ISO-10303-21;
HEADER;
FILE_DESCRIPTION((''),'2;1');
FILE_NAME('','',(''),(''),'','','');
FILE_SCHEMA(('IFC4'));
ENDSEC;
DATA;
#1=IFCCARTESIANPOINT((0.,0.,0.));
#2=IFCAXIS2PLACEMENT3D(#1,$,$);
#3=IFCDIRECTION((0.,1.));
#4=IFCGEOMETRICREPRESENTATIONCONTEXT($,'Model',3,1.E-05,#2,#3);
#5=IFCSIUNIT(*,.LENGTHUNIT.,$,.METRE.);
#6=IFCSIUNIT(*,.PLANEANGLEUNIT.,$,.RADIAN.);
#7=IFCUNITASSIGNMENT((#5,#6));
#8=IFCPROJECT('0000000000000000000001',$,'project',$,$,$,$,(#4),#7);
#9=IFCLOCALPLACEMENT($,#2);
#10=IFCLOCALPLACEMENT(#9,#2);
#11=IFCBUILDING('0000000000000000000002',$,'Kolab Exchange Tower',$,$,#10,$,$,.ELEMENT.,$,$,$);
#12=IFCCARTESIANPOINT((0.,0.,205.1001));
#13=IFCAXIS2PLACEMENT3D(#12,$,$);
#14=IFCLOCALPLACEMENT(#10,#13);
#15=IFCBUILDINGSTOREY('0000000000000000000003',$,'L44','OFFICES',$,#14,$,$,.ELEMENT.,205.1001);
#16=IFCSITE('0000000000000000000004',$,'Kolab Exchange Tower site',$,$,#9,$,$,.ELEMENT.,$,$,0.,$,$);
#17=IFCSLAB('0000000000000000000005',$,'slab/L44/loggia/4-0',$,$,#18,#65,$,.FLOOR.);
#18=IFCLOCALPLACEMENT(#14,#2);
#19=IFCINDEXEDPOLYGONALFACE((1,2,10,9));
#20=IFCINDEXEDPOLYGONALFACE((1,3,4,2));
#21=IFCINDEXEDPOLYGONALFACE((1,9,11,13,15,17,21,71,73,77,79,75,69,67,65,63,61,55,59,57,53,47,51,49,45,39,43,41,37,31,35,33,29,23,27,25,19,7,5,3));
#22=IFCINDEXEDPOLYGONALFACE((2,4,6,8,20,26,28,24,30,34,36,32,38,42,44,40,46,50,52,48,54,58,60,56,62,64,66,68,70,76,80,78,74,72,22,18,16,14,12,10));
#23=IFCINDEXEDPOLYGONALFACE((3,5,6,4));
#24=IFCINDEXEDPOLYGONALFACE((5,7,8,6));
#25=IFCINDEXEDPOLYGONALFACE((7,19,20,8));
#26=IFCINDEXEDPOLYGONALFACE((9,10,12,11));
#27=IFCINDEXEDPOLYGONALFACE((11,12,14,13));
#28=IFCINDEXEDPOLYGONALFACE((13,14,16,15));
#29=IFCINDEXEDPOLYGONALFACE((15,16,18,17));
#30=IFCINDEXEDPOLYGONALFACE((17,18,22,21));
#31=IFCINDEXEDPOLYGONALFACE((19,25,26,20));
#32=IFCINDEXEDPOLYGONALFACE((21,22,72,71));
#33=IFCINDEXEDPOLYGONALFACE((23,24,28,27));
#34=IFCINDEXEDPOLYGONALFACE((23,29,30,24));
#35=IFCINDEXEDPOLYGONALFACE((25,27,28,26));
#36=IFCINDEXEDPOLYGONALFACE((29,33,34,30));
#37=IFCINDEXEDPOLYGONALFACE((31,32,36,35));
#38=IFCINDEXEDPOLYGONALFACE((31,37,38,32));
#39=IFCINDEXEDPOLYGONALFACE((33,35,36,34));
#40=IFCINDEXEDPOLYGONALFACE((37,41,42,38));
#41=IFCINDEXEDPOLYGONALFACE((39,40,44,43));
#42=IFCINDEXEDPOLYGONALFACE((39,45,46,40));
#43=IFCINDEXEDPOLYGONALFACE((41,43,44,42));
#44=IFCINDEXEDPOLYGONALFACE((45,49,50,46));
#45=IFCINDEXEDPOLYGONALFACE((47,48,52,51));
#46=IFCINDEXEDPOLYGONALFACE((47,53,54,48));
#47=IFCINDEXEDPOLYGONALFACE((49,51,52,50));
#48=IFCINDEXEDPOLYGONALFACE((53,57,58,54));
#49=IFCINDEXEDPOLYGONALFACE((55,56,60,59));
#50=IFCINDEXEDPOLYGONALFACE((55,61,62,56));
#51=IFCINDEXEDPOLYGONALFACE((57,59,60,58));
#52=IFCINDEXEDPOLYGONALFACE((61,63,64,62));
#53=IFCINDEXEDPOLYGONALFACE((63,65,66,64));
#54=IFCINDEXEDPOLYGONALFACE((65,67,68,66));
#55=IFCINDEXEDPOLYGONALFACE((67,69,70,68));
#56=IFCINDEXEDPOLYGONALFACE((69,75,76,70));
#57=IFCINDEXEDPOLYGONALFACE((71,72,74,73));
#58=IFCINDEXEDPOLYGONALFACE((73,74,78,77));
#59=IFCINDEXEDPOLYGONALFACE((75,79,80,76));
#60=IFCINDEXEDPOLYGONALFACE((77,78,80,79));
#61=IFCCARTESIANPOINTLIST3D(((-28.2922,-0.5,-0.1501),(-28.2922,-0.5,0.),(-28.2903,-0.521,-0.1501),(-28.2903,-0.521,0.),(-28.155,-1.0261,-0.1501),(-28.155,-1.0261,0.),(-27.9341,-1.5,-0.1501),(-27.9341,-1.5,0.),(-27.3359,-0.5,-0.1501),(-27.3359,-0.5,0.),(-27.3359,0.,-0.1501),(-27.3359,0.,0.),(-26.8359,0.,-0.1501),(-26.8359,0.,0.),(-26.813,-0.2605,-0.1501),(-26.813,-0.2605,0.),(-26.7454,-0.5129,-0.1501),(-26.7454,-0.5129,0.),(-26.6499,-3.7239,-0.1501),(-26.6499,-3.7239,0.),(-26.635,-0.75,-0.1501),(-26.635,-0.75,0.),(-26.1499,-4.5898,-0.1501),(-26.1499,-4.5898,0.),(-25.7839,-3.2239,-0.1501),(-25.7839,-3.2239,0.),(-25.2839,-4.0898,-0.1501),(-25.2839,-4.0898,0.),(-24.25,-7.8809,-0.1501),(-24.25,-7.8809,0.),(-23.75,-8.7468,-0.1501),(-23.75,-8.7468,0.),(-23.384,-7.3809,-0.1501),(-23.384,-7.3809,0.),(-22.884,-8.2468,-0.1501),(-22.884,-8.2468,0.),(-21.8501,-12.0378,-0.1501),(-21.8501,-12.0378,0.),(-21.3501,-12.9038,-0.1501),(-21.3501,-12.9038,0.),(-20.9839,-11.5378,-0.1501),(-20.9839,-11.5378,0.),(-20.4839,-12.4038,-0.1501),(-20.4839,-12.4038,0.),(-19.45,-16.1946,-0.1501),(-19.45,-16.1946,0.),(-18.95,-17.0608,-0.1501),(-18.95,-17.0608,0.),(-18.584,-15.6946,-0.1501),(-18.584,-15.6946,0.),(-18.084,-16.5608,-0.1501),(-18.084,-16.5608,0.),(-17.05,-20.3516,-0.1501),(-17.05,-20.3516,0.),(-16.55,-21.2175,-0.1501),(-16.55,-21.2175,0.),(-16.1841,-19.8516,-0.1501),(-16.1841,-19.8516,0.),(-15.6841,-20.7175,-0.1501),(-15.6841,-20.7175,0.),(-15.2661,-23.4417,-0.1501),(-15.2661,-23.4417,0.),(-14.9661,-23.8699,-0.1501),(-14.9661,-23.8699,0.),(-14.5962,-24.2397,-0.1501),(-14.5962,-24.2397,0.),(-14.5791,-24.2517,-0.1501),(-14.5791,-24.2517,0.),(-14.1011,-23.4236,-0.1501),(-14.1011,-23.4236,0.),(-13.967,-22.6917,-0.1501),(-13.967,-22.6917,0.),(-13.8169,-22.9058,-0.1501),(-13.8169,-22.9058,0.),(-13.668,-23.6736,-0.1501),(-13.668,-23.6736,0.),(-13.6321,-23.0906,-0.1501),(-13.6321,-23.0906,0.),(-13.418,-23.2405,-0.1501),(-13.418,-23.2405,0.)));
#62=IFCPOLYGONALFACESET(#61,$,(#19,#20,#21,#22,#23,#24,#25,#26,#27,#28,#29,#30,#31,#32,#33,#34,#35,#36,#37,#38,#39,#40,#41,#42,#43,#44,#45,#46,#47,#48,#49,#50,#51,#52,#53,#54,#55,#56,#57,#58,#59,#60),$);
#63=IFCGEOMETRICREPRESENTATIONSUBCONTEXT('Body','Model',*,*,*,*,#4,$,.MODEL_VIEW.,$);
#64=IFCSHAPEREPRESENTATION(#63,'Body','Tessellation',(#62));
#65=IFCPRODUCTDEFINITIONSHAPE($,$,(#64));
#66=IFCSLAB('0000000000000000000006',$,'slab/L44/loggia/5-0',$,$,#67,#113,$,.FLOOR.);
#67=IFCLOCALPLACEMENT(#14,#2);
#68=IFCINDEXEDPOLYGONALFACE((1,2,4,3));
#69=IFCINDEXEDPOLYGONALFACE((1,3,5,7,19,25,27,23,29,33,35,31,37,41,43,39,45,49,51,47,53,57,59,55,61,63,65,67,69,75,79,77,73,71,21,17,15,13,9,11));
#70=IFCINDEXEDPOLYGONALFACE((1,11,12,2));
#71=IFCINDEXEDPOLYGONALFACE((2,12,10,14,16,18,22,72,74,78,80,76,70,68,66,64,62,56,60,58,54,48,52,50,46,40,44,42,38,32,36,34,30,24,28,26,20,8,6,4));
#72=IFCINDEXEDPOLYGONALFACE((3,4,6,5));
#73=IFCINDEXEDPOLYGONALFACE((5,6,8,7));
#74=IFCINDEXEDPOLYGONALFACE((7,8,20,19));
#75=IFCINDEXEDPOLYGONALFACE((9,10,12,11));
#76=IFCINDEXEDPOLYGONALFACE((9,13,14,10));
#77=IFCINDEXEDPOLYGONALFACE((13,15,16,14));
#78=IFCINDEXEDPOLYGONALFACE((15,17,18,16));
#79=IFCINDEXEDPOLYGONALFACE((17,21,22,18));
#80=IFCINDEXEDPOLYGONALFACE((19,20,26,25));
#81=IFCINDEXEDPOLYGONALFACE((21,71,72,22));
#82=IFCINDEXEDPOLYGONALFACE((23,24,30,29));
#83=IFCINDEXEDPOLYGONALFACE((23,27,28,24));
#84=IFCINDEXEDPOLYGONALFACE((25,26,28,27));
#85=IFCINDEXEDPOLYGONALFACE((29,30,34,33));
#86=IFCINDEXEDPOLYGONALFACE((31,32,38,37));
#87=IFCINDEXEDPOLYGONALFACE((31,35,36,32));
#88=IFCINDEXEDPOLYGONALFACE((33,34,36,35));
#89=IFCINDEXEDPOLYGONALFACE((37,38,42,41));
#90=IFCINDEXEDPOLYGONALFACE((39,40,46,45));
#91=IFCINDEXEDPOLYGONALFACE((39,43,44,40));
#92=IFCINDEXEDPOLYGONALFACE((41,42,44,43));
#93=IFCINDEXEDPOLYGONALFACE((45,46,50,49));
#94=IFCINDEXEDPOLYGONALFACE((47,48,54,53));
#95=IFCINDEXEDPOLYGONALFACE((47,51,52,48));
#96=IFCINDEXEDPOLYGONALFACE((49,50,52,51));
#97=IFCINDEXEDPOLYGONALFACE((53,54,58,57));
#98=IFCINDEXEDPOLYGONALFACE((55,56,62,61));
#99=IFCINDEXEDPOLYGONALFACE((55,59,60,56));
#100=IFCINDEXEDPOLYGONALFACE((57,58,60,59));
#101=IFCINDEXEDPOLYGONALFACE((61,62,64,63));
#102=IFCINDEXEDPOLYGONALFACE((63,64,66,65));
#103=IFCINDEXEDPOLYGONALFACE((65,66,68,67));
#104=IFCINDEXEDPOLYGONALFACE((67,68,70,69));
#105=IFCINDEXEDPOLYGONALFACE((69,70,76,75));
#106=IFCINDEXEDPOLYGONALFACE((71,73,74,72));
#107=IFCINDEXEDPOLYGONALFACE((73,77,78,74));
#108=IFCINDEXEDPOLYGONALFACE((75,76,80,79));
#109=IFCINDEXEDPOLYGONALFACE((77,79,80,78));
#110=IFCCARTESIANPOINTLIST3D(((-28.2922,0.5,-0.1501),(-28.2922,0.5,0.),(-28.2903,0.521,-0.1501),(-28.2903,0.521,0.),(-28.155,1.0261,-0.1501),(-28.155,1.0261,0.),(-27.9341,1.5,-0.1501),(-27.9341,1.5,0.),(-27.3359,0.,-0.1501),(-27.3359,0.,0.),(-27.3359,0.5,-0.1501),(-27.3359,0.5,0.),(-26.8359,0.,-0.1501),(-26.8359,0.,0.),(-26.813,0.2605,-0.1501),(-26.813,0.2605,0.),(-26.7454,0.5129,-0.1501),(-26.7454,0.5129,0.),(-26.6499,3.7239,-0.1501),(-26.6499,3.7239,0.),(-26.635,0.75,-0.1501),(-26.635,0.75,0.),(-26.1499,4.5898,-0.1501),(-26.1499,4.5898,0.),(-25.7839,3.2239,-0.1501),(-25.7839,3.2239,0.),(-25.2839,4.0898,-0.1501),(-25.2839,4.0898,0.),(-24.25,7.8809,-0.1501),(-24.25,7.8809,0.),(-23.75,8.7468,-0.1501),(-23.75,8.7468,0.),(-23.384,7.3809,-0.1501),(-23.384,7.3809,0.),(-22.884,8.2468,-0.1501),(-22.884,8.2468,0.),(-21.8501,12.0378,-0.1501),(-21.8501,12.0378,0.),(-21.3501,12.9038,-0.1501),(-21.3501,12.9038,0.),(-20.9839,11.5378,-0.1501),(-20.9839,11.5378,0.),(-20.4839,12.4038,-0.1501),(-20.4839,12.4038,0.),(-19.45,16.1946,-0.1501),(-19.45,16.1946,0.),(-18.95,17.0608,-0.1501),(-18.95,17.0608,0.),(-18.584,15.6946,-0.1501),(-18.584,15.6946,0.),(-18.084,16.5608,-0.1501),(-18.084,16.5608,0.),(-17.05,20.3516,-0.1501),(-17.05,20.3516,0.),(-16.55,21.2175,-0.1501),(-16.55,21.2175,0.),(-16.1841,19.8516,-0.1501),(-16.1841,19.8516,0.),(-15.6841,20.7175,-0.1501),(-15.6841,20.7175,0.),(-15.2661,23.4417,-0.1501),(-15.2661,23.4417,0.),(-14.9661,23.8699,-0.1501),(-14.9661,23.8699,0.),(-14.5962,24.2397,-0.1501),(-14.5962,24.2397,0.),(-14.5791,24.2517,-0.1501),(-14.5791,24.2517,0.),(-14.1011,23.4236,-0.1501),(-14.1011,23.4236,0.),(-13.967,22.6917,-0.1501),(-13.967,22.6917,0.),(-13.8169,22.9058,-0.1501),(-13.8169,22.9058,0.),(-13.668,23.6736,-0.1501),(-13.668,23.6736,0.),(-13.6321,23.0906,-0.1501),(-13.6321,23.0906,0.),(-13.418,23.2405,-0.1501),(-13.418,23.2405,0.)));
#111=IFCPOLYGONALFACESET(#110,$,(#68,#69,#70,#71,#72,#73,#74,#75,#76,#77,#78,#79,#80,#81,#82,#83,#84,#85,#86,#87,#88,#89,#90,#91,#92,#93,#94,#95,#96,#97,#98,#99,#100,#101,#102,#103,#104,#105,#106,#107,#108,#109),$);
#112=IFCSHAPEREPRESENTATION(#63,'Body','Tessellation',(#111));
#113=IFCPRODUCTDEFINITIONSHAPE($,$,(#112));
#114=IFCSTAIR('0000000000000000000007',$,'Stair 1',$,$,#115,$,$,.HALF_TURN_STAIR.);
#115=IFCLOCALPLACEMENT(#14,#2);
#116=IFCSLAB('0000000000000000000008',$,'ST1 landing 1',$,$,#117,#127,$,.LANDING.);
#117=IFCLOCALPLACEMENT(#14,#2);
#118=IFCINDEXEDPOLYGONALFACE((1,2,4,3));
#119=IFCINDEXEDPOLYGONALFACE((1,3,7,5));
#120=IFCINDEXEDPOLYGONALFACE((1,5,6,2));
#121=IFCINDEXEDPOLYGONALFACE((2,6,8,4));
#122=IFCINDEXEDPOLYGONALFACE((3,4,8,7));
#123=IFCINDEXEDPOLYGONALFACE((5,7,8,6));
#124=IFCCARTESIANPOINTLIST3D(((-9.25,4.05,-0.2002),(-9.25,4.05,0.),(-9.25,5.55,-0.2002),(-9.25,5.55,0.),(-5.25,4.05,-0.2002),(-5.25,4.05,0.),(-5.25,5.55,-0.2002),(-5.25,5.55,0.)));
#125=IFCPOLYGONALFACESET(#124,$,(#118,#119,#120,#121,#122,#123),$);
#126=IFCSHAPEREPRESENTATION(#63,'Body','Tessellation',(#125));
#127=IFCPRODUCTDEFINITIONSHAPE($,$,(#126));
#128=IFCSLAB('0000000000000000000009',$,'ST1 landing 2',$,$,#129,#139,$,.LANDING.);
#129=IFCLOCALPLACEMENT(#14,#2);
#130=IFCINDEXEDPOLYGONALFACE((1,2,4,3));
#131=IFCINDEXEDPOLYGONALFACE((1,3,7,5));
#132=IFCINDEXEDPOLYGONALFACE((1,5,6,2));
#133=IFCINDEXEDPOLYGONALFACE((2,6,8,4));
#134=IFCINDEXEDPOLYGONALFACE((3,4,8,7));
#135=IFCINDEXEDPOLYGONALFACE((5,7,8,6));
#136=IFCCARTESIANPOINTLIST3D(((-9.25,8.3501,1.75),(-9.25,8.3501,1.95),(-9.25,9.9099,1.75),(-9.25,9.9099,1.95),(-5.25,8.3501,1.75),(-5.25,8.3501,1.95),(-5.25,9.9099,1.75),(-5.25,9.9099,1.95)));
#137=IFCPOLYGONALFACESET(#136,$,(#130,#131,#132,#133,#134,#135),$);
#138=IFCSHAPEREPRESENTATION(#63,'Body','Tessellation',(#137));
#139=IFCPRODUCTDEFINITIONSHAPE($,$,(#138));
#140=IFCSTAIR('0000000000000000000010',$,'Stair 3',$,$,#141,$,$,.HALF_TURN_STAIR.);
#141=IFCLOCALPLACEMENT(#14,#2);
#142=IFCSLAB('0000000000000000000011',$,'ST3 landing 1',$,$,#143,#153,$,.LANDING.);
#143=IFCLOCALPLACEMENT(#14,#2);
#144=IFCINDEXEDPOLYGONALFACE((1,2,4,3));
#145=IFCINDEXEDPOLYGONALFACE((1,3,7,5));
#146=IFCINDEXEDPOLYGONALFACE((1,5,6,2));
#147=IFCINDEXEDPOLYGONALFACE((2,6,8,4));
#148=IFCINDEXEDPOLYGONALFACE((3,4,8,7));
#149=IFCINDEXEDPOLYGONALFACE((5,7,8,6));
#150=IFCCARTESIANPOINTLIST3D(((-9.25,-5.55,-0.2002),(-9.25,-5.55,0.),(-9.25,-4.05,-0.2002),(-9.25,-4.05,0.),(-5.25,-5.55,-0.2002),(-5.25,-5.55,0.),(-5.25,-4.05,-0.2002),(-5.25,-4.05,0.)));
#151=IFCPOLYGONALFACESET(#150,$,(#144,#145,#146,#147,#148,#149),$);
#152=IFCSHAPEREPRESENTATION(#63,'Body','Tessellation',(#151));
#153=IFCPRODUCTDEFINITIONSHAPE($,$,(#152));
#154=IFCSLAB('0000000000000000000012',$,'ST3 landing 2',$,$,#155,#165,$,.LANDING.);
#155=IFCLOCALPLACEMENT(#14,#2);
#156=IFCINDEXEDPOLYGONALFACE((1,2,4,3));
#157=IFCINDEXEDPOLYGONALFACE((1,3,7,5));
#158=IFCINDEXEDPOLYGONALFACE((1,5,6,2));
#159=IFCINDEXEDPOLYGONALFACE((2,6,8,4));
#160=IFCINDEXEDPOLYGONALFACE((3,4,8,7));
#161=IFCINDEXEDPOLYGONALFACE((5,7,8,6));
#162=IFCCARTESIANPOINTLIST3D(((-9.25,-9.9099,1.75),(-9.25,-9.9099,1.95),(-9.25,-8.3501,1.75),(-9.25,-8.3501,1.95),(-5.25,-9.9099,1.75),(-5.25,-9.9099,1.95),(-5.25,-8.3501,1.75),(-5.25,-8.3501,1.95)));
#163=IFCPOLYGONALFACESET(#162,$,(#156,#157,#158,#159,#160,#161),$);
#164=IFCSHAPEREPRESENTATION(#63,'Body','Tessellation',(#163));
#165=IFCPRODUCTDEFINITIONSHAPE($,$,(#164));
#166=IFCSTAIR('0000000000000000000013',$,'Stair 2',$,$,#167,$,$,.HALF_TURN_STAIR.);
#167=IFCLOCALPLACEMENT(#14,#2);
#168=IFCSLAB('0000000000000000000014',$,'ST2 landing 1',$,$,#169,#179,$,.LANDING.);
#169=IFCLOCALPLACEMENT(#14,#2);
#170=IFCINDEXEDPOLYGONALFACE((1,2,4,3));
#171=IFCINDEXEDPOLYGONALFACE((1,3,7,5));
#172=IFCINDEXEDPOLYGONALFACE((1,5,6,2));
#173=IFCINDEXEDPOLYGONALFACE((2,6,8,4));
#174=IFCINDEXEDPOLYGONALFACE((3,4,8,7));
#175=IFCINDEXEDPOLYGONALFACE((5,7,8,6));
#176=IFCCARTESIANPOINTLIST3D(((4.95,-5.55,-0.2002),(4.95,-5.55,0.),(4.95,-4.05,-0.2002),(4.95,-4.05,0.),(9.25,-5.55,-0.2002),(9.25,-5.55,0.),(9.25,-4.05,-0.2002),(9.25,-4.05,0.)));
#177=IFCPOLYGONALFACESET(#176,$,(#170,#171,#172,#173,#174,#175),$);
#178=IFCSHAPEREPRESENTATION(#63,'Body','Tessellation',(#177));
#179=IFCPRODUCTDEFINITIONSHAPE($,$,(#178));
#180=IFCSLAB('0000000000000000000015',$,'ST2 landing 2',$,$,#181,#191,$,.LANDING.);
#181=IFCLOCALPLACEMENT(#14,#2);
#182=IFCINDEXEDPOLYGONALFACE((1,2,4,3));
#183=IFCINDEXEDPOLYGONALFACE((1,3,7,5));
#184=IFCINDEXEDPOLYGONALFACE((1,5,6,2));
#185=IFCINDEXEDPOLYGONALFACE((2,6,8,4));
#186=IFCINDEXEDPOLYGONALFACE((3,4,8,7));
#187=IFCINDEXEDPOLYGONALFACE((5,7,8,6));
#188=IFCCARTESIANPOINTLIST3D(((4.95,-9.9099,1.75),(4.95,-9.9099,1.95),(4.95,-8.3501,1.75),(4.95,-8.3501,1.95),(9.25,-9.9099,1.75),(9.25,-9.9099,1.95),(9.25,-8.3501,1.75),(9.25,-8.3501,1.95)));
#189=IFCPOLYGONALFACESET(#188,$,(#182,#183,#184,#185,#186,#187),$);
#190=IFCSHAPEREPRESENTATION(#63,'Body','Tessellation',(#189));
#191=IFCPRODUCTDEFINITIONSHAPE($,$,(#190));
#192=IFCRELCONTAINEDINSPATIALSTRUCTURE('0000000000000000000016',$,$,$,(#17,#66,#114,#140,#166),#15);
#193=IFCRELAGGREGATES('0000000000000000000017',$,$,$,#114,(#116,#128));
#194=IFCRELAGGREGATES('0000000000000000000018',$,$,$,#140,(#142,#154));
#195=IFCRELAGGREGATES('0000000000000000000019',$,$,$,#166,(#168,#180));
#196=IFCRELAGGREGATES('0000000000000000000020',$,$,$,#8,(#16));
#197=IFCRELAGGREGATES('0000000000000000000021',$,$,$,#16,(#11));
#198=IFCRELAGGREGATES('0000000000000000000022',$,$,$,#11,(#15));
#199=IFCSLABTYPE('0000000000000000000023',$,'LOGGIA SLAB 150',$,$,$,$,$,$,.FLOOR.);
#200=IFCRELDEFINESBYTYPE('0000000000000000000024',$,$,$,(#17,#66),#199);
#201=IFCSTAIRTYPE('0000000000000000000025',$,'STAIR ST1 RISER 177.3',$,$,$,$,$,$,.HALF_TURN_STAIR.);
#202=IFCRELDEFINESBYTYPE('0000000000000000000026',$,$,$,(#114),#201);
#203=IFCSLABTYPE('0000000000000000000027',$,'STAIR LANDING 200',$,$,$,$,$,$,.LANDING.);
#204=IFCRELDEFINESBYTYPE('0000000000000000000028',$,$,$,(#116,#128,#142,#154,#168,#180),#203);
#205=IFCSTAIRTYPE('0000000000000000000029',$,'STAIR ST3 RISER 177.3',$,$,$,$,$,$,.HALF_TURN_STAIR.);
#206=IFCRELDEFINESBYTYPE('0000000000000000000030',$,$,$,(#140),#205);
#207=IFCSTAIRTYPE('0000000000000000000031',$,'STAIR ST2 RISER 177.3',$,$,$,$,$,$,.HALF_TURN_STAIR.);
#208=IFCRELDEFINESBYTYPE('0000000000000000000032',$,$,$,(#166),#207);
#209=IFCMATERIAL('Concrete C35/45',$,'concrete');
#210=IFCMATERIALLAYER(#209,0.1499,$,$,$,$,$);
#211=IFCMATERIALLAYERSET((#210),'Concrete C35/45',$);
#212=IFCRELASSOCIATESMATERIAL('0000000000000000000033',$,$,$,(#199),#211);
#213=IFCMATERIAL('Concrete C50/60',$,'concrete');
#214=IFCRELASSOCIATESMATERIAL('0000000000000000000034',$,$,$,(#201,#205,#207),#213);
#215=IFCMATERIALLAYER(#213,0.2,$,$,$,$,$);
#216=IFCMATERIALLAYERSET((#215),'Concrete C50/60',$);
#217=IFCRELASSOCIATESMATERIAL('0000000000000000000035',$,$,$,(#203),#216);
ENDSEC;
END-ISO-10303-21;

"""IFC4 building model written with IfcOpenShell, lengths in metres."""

from ifc_helpers import new_model, si_unit, direction, frame, origin, place, context, subcontext, project, spatial, polyline, outline, extrude, material, layer, layer_set, type_object, element, aggregate, save


model = new_model("IFC4")

# Units and contexts
model_context = context("Model", 3, precision=1e-05, world=origin(), true_north=direction((0.0, 1.0)))
body_context = subcontext(model_context, "Body", "Model", "MODEL_VIEW")
ifc_project = project(units=[si_unit("LENGTHUNIT", "METRE"), si_unit("PLANEANGLEUNIT", "RADIAN")], contexts=[model_context])

# Site, building, storey
site_placement = place(None, origin())
site = spatial("IfcSite", under=ifc_project, at=site_placement, Name="Kolab Exchange Tower site", CompositionType="ELEMENT", RefElevation=0.0)
building_placement = place(site_placement, origin())
building = spatial("IfcBuilding", under=site, at=building_placement, Name="Kolab Exchange Tower", CompositionType="ELEMENT")
storey_placement = place(building_placement, frame((0.0, 0.0, 205.1001)))
storey = spatial("IfcBuildingStorey", under=building, at=storey_placement, Name="L44", Description="OFFICES", CompositionType="ELEMENT", Elevation=205.1001)

# Slabs
ifc_material_1 = material(Name="Concrete C35/45", Category="concrete")
ifc_layer_1 = layer(ifc_material_1, 0.1499)
ifc_layer_set_1 = layer_set([ifc_layer_1], Name="Concrete C35/45")
slab_type_1 = type_object("IfcSlabType", Name="LOGGIA SLAB 150", PredefinedType="FLOOR", material=ifc_layer_set_1)
slab_1_placement = place(storey_placement, frame((0.0, 0.0, -0.1501)))
element("IfcSlab", 1, at=slab_1_placement, inside=storey, type_object=slab_type_1, Name="slab/L44/loggia/4-0", PredefinedType="FLOOR", context=body_context, shape_type="SweptSolid", body=[
    extrude(outline(polyline([(-26.8359, 0.0), (-27.3359, 0.0), (-27.3359, -0.5), (-28.2922, -0.5), (-28.2903, -0.521), (-28.155, -1.0261), (-27.9341, -1.5), (-26.6499, -3.7239), (-25.7839, -3.2239), (-25.2839, -4.0898), (-26.1499, -4.5898), (-24.25, -7.8809), (-23.384, -7.3809), (-22.884, -8.2468), (-23.75, -8.7468), (-21.8501, -12.0378), (-20.9839, -11.5378), (-20.4839, -12.4038), (-21.3501, -12.9038), (-19.45, -16.1946), (-18.584, -15.6946), (-18.084, -16.5608), (-18.95, -17.0608), (-17.05, -20.3516), (-16.1841, -19.8516), (-15.6841, -20.7175), (-16.55, -21.2175), (-15.2661, -23.4417), (-14.9661, -23.8699), (-14.5962, -24.2397), (-14.5791, -24.2517), (-14.1011, -23.4236), (-13.668, -23.6736), (-13.418, -23.2405), (-13.6321, -23.0906), (-13.8169, -22.9058), (-13.967, -22.6917), (-26.635, -0.75), (-26.7454, -0.5129), (-26.813, -0.2605), (-26.8359, 0.0)])), origin(), (0.0, 0.0, 1.0), 0.1501),
])
slab_2_placement = place(storey_placement, frame((0.0, 0.0, -0.1501)))
element("IfcSlab", 2, at=slab_2_placement, inside=storey, type_object=slab_type_1, Name="slab/L44/loggia/5-0", PredefinedType="FLOOR", context=body_context, shape_type="SweptSolid", body=[
    extrude(outline(polyline([(-13.418, 23.2405), (-13.668, 23.6736), (-14.1011, 23.4236), (-14.5791, 24.2517), (-14.5962, 24.2397), (-14.9661, 23.8699), (-15.2661, 23.4417), (-16.55, 21.2175), (-15.6841, 20.7175), (-16.1841, 19.8516), (-17.05, 20.3516), (-18.95, 17.0608), (-18.084, 16.5608), (-18.584, 15.6946), (-19.45, 16.1946), (-21.3501, 12.9038), (-20.4839, 12.4038), (-20.9839, 11.5378), (-21.8501, 12.0378), (-23.75, 8.7468), (-22.884, 8.2468), (-23.384, 7.3809), (-24.25, 7.8809), (-26.1499, 4.5898), (-25.2839, 4.0898), (-25.7839, 3.2239), (-26.6499, 3.7239), (-27.9341, 1.5), (-28.155, 1.0261), (-28.2903, 0.521), (-28.2922, 0.5), (-27.3359, 0.5), (-27.3359, 0.0), (-26.8359, 0.0), (-26.813, 0.2605), (-26.7454, 0.5129), (-26.635, 0.75), (-13.967, 22.6917), (-13.8169, 22.9058), (-13.6321, 23.0906), (-13.418, 23.2405)])), origin(), (0.0, 0.0, 1.0), 0.1501),
])

# Stairs, slabs
ifc_material_2 = material(Name="Concrete C50/60", Category="concrete")
stair_type_1 = type_object("IfcStairType", Name="STAIR ST1 RISER 177.3", PredefinedType="HALF_TURN_STAIR", material=ifc_material_2)
stair_1_placement = place(storey_placement, origin())
stair_1 = element("IfcStair", 3, at=stair_1_placement, inside=storey, type_object=stair_type_1, Name="Stair 1", PredefinedType="HALF_TURN_STAIR")
ifc_layer_2 = layer(ifc_material_2, 0.2)
ifc_layer_set_2 = layer_set([ifc_layer_2], Name="Concrete C50/60")
slab_type_2 = type_object("IfcSlabType", Name="STAIR LANDING 200", PredefinedType="LANDING", material=ifc_layer_set_2)
slab_3_placement = place(storey_placement, frame((0.0, 0.0, -0.2002)))
slab_3 = element("IfcSlab", 4, at=slab_3_placement, type_object=slab_type_2, Name="ST1 landing 1", PredefinedType="LANDING", context=body_context, shape_type="SweptSolid", body=[
    extrude(outline(polyline([(-9.25, 4.05), (-5.25, 4.05), (-5.25, 5.55), (-9.25, 5.55), (-9.25, 4.05)])), origin(), (0.0, 0.0, 1.0), 0.2002),
])
slab_4_placement = place(storey_placement, frame((0.0, 0.0, 1.75)))
slab_4 = element("IfcSlab", 5, at=slab_4_placement, type_object=slab_type_2, Name="ST1 landing 2", PredefinedType="LANDING", context=body_context, shape_type="SweptSolid", body=[
    extrude(outline(polyline([(-9.25, 8.3501), (-5.25, 8.3501), (-5.25, 9.9099), (-9.25, 9.9099), (-9.25, 8.3501)])), origin(), (0.0, 0.0, 1.0), 0.2),
])
aggregate(stair_1, [slab_3, slab_4])
stair_type_2 = type_object("IfcStairType", Name="STAIR ST3 RISER 177.3", PredefinedType="HALF_TURN_STAIR", material=ifc_material_2)
stair_2_placement = place(storey_placement, origin())
stair_2 = element("IfcStair", 6, at=stair_2_placement, inside=storey, type_object=stair_type_2, Name="Stair 3", PredefinedType="HALF_TURN_STAIR")
slab_5_placement = place(storey_placement, frame((0.0, 0.0, -0.2002)))
slab_5 = element("IfcSlab", 7, at=slab_5_placement, type_object=slab_type_2, Name="ST3 landing 1", PredefinedType="LANDING", context=body_context, shape_type="SweptSolid", body=[
    extrude(outline(polyline([(-9.25, -5.55), (-5.25, -5.55), (-5.25, -4.05), (-9.25, -4.05), (-9.25, -5.55)])), origin(), (0.0, 0.0, 1.0), 0.2002),
])
slab_6_placement = place(storey_placement, frame((0.0, 0.0, 1.75)))
slab_6 = element("IfcSlab", 8, at=slab_6_placement, type_object=slab_type_2, Name="ST3 landing 2", PredefinedType="LANDING", context=body_context, shape_type="SweptSolid", body=[
    extrude(outline(polyline([(-9.25, -9.9099), (-5.25, -9.9099), (-5.25, -8.3501), (-9.25, -8.3501), (-9.25, -9.9099)])), origin(), (0.0, 0.0, 1.0), 0.2),
])
aggregate(stair_2, [slab_5, slab_6])
stair_type_3 = type_object("IfcStairType", Name="STAIR ST2 RISER 177.3", PredefinedType="HALF_TURN_STAIR", material=ifc_material_2)
stair_3_placement = place(storey_placement, origin())
stair_3 = element("IfcStair", 9, at=stair_3_placement, inside=storey, type_object=stair_type_3, Name="Stair 2", PredefinedType="HALF_TURN_STAIR")
slab_7_placement = place(storey_placement, frame((0.0, 0.0, -0.2002)))
slab_7 = element("IfcSlab", 10, at=slab_7_placement, type_object=slab_type_2, Name="ST2 landing 1", PredefinedType="LANDING", context=body_context, shape_type="SweptSolid", body=[
    extrude(outline(polyline([(4.95, -5.55), (9.25, -5.55), (9.25, -4.05), (4.95, -4.05), (4.95, -5.55)])), origin(), (0.0, 0.0, 1.0), 0.2002),
])
slab_8_placement = place(storey_placement, frame((0.0, 0.0, 1.75)))
slab_8 = element("IfcSlab", 11, at=slab_8_placement, type_object=slab_type_2, Name="ST2 landing 2", PredefinedType="LANDING", context=body_context, shape_type="SweptSolid", body=[
    extrude(outline(polyline([(4.95, -9.9099), (9.25, -9.9099), (9.25, -8.3501), (4.95, -8.3501), (4.95, -9.9099)])), origin(), (0.0, 0.0, 1.0), 0.2),
])
aggregate(stair_3, [slab_7, slab_8])

save(model, "model.ifc")
